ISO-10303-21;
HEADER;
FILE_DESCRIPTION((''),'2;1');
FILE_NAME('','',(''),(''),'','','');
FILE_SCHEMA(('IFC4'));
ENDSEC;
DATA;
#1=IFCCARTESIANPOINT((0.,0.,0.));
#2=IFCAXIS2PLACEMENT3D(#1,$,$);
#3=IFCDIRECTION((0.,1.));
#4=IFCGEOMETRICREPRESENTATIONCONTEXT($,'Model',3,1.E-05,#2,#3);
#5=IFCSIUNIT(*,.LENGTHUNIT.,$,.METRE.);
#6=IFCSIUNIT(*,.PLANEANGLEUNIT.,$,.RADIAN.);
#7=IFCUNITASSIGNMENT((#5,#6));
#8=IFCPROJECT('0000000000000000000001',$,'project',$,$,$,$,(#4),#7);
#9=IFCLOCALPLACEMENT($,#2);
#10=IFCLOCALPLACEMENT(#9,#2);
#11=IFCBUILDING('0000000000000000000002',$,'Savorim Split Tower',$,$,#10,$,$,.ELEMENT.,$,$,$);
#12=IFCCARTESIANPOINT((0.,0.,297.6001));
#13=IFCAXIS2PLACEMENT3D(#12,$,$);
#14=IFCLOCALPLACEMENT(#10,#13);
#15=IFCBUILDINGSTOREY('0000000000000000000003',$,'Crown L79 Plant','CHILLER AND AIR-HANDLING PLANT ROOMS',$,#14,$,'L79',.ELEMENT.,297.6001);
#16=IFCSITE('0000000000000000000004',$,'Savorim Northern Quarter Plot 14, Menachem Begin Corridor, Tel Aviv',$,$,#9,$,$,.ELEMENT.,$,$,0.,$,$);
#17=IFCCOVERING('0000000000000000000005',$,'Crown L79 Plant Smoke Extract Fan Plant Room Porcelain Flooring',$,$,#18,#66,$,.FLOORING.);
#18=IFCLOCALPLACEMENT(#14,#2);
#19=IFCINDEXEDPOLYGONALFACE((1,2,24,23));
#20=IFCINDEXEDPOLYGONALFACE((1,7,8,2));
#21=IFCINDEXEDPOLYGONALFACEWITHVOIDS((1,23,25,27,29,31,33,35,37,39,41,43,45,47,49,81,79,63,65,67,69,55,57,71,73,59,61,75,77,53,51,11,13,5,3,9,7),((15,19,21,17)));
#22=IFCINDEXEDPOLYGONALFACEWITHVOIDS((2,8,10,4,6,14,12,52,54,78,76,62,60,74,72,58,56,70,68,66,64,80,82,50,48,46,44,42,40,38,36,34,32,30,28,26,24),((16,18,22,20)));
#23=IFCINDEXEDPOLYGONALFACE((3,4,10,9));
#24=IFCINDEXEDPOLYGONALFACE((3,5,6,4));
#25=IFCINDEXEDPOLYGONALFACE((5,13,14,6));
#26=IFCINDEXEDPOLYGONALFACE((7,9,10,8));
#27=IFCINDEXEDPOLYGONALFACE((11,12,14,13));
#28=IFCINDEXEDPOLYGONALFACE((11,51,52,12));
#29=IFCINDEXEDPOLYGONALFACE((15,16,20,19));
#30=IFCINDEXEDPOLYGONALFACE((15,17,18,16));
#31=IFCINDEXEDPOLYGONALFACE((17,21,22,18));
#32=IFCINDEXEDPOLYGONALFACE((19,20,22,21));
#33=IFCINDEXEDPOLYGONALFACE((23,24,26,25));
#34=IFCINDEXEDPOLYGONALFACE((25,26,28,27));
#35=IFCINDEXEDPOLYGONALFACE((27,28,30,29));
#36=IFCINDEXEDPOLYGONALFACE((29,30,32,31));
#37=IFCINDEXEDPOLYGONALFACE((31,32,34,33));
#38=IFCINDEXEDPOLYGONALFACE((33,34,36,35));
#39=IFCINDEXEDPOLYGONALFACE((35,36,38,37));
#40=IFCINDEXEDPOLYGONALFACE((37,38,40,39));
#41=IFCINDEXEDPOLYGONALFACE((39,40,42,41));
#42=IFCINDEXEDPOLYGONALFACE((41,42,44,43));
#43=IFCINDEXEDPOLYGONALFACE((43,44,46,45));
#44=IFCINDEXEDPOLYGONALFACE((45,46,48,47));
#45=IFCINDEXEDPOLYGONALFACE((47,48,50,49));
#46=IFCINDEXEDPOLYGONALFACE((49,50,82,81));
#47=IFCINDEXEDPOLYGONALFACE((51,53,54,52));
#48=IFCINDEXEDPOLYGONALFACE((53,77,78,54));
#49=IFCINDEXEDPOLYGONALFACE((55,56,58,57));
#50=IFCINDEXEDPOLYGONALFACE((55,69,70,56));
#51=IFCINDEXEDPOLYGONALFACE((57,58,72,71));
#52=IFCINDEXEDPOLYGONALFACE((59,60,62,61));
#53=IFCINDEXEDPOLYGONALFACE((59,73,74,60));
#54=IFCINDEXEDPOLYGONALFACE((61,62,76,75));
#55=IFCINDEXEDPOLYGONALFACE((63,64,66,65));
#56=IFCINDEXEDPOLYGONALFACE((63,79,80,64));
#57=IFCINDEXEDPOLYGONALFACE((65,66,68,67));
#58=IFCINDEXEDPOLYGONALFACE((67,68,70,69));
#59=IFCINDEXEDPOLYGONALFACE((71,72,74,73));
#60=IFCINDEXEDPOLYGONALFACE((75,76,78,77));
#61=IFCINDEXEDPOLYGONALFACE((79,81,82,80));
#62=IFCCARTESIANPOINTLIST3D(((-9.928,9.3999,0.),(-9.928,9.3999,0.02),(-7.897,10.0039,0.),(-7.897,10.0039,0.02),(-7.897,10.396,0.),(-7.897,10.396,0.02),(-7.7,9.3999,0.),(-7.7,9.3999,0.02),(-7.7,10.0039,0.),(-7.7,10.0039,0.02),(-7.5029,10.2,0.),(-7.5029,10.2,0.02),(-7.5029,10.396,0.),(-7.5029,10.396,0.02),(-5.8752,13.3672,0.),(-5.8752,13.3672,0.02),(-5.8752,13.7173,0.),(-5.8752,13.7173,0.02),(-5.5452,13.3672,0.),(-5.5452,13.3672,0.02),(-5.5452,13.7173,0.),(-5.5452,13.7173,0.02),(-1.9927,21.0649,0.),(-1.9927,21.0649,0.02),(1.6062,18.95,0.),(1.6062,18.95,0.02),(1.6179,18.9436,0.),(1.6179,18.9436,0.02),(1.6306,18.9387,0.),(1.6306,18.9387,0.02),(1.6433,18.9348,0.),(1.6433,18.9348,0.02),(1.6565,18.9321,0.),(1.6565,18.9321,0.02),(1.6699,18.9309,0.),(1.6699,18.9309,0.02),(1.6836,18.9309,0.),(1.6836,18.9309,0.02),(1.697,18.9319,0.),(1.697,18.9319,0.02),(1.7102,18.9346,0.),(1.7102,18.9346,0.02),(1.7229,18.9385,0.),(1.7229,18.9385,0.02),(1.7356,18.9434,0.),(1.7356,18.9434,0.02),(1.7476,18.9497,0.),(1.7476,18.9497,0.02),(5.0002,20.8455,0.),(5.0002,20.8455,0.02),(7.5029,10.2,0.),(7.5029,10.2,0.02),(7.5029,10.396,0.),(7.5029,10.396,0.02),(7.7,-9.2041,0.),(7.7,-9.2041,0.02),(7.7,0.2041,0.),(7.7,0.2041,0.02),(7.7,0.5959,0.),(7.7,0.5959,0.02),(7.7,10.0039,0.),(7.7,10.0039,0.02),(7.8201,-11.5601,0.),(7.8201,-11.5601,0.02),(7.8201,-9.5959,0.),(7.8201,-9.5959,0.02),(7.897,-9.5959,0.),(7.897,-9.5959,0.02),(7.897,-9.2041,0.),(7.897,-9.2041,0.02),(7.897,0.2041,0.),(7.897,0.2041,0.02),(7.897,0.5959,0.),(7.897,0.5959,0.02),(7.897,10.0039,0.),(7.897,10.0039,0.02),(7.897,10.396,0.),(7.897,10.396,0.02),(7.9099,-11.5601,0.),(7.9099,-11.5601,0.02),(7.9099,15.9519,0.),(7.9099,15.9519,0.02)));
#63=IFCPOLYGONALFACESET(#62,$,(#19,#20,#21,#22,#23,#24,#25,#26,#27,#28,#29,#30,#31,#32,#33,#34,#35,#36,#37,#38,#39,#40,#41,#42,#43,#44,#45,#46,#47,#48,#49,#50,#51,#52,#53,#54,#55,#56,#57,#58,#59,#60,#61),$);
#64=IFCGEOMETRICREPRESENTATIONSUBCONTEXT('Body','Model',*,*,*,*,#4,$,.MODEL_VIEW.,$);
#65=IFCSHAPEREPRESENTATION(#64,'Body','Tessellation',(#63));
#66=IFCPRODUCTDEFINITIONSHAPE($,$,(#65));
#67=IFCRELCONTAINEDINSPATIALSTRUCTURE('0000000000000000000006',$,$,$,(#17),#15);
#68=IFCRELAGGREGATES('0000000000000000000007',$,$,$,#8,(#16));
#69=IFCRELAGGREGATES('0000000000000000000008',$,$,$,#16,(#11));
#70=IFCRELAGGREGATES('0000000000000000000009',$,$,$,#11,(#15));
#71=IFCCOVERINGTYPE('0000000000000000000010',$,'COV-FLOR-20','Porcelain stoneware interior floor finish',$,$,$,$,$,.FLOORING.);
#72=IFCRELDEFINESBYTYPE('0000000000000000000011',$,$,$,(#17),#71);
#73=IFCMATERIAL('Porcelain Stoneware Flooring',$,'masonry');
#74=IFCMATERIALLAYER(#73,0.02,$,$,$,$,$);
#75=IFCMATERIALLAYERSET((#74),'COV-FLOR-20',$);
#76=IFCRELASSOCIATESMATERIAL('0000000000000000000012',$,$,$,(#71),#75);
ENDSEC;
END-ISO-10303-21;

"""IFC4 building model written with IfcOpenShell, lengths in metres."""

from ifc_helpers import new_model, si_unit, direction, frame, origin, place, context, subcontext, project, spatial, polyline, outline, extrude, material, layer, layer_set, type_object, element, save


model = new_model("IFC4")

# Units and contexts
model_context = context("Model", 3, precision=1e-05, world=origin(), true_north=direction((0.0, 1.0)))
body_context = subcontext(model_context, "Body", "Model", "MODEL_VIEW")
ifc_project = project(units=[si_unit("LENGTHUNIT", "METRE"), si_unit("PLANEANGLEUNIT", "RADIAN")], contexts=[model_context])

# Site, building, storey
site_placement = place(None, origin())
site = spatial("IfcSite", under=ifc_project, at=site_placement, Name="Savorim Northern Quarter Plot 14, Menachem Begin Corridor, Tel Aviv", CompositionType="ELEMENT", RefElevation=0.0)
building_placement = place(site_placement, origin())
building = spatial("IfcBuilding", under=site, at=building_placement, Name="Savorim Split Tower", CompositionType="ELEMENT")
storey_placement = place(building_placement, frame((0.0, 0.0, 297.6001)))
storey = spatial("IfcBuildingStorey", under=building, at=storey_placement, Name="Crown L79 Plant", Description="CHILLER AND AIR-HANDLING PLANT ROOMS", LongName="L79", CompositionType="ELEMENT", Elevation=297.6001)

# Covering
ifc_material_1 = material(Name="Porcelain Stoneware Flooring", Category="masonry")
ifc_layer_1 = layer(ifc_material_1, 0.02)
ifc_layer_set_1 = layer_set([ifc_layer_1], Name="COV-FLOR-20")
covering_type_1 = type_object("IfcCoveringType", Name="COV-FLOR-20", Description="Porcelain stoneware interior floor finish", PredefinedType="FLOORING", material=ifc_layer_set_1)
covering_1_placement = place(storey_placement, origin())
element("IfcCovering", 1, at=covering_1_placement, inside=storey, type_object=covering_type_1, Name="Crown L79 Plant Smoke Extract Fan Plant Room Porcelain Flooring", PredefinedType="FLOORING", context=body_context, shape_type="SweptSolid", body=[
    extrude(outline(polyline([(1.6179, 18.9436), (1.6062, 18.95), (-1.9927, 21.0649), (-9.928, 9.3999), (-7.7, 9.3999), (-7.7, 10.0039), (-7.897, 10.0039), (-7.897, 10.396), (-7.5029, 10.396), (-7.5029, 10.2), (7.5029, 10.2), (7.5029, 10.396), (7.897, 10.396), (7.897, 10.0039), (7.7, 10.0039), (7.7, 0.5959), (7.897, 0.5959), (7.897, 0.2041), (7.7, 0.2041), (7.7, -9.2041), (7.897, -9.2041), (7.897, -9.5959), (7.8201, -9.5959), (7.8201, -11.5601), (7.9099, -11.5601), (7.9099, 15.9519), (5.0002, 20.8455), (1.7476, 18.9497), (1.7356, 18.9434), (1.7229, 18.9385), (1.7102, 18.9346), (1.697, 18.9319), (1.6836, 18.9309), (1.6699, 18.9309), (1.6565, 18.9321), (1.6433, 18.9348), (1.6306, 18.9387), (1.6179, 18.9436)]), holes=[polyline([(-5.5452, 13.7173), (-5.8752, 13.7173), (-5.8752, 13.3672), (-5.5452, 13.3672), (-5.5452, 13.7173)])]), origin(), (0.0, 0.0, 1.0), 0.02),
])

save(model, "model.ifc")
